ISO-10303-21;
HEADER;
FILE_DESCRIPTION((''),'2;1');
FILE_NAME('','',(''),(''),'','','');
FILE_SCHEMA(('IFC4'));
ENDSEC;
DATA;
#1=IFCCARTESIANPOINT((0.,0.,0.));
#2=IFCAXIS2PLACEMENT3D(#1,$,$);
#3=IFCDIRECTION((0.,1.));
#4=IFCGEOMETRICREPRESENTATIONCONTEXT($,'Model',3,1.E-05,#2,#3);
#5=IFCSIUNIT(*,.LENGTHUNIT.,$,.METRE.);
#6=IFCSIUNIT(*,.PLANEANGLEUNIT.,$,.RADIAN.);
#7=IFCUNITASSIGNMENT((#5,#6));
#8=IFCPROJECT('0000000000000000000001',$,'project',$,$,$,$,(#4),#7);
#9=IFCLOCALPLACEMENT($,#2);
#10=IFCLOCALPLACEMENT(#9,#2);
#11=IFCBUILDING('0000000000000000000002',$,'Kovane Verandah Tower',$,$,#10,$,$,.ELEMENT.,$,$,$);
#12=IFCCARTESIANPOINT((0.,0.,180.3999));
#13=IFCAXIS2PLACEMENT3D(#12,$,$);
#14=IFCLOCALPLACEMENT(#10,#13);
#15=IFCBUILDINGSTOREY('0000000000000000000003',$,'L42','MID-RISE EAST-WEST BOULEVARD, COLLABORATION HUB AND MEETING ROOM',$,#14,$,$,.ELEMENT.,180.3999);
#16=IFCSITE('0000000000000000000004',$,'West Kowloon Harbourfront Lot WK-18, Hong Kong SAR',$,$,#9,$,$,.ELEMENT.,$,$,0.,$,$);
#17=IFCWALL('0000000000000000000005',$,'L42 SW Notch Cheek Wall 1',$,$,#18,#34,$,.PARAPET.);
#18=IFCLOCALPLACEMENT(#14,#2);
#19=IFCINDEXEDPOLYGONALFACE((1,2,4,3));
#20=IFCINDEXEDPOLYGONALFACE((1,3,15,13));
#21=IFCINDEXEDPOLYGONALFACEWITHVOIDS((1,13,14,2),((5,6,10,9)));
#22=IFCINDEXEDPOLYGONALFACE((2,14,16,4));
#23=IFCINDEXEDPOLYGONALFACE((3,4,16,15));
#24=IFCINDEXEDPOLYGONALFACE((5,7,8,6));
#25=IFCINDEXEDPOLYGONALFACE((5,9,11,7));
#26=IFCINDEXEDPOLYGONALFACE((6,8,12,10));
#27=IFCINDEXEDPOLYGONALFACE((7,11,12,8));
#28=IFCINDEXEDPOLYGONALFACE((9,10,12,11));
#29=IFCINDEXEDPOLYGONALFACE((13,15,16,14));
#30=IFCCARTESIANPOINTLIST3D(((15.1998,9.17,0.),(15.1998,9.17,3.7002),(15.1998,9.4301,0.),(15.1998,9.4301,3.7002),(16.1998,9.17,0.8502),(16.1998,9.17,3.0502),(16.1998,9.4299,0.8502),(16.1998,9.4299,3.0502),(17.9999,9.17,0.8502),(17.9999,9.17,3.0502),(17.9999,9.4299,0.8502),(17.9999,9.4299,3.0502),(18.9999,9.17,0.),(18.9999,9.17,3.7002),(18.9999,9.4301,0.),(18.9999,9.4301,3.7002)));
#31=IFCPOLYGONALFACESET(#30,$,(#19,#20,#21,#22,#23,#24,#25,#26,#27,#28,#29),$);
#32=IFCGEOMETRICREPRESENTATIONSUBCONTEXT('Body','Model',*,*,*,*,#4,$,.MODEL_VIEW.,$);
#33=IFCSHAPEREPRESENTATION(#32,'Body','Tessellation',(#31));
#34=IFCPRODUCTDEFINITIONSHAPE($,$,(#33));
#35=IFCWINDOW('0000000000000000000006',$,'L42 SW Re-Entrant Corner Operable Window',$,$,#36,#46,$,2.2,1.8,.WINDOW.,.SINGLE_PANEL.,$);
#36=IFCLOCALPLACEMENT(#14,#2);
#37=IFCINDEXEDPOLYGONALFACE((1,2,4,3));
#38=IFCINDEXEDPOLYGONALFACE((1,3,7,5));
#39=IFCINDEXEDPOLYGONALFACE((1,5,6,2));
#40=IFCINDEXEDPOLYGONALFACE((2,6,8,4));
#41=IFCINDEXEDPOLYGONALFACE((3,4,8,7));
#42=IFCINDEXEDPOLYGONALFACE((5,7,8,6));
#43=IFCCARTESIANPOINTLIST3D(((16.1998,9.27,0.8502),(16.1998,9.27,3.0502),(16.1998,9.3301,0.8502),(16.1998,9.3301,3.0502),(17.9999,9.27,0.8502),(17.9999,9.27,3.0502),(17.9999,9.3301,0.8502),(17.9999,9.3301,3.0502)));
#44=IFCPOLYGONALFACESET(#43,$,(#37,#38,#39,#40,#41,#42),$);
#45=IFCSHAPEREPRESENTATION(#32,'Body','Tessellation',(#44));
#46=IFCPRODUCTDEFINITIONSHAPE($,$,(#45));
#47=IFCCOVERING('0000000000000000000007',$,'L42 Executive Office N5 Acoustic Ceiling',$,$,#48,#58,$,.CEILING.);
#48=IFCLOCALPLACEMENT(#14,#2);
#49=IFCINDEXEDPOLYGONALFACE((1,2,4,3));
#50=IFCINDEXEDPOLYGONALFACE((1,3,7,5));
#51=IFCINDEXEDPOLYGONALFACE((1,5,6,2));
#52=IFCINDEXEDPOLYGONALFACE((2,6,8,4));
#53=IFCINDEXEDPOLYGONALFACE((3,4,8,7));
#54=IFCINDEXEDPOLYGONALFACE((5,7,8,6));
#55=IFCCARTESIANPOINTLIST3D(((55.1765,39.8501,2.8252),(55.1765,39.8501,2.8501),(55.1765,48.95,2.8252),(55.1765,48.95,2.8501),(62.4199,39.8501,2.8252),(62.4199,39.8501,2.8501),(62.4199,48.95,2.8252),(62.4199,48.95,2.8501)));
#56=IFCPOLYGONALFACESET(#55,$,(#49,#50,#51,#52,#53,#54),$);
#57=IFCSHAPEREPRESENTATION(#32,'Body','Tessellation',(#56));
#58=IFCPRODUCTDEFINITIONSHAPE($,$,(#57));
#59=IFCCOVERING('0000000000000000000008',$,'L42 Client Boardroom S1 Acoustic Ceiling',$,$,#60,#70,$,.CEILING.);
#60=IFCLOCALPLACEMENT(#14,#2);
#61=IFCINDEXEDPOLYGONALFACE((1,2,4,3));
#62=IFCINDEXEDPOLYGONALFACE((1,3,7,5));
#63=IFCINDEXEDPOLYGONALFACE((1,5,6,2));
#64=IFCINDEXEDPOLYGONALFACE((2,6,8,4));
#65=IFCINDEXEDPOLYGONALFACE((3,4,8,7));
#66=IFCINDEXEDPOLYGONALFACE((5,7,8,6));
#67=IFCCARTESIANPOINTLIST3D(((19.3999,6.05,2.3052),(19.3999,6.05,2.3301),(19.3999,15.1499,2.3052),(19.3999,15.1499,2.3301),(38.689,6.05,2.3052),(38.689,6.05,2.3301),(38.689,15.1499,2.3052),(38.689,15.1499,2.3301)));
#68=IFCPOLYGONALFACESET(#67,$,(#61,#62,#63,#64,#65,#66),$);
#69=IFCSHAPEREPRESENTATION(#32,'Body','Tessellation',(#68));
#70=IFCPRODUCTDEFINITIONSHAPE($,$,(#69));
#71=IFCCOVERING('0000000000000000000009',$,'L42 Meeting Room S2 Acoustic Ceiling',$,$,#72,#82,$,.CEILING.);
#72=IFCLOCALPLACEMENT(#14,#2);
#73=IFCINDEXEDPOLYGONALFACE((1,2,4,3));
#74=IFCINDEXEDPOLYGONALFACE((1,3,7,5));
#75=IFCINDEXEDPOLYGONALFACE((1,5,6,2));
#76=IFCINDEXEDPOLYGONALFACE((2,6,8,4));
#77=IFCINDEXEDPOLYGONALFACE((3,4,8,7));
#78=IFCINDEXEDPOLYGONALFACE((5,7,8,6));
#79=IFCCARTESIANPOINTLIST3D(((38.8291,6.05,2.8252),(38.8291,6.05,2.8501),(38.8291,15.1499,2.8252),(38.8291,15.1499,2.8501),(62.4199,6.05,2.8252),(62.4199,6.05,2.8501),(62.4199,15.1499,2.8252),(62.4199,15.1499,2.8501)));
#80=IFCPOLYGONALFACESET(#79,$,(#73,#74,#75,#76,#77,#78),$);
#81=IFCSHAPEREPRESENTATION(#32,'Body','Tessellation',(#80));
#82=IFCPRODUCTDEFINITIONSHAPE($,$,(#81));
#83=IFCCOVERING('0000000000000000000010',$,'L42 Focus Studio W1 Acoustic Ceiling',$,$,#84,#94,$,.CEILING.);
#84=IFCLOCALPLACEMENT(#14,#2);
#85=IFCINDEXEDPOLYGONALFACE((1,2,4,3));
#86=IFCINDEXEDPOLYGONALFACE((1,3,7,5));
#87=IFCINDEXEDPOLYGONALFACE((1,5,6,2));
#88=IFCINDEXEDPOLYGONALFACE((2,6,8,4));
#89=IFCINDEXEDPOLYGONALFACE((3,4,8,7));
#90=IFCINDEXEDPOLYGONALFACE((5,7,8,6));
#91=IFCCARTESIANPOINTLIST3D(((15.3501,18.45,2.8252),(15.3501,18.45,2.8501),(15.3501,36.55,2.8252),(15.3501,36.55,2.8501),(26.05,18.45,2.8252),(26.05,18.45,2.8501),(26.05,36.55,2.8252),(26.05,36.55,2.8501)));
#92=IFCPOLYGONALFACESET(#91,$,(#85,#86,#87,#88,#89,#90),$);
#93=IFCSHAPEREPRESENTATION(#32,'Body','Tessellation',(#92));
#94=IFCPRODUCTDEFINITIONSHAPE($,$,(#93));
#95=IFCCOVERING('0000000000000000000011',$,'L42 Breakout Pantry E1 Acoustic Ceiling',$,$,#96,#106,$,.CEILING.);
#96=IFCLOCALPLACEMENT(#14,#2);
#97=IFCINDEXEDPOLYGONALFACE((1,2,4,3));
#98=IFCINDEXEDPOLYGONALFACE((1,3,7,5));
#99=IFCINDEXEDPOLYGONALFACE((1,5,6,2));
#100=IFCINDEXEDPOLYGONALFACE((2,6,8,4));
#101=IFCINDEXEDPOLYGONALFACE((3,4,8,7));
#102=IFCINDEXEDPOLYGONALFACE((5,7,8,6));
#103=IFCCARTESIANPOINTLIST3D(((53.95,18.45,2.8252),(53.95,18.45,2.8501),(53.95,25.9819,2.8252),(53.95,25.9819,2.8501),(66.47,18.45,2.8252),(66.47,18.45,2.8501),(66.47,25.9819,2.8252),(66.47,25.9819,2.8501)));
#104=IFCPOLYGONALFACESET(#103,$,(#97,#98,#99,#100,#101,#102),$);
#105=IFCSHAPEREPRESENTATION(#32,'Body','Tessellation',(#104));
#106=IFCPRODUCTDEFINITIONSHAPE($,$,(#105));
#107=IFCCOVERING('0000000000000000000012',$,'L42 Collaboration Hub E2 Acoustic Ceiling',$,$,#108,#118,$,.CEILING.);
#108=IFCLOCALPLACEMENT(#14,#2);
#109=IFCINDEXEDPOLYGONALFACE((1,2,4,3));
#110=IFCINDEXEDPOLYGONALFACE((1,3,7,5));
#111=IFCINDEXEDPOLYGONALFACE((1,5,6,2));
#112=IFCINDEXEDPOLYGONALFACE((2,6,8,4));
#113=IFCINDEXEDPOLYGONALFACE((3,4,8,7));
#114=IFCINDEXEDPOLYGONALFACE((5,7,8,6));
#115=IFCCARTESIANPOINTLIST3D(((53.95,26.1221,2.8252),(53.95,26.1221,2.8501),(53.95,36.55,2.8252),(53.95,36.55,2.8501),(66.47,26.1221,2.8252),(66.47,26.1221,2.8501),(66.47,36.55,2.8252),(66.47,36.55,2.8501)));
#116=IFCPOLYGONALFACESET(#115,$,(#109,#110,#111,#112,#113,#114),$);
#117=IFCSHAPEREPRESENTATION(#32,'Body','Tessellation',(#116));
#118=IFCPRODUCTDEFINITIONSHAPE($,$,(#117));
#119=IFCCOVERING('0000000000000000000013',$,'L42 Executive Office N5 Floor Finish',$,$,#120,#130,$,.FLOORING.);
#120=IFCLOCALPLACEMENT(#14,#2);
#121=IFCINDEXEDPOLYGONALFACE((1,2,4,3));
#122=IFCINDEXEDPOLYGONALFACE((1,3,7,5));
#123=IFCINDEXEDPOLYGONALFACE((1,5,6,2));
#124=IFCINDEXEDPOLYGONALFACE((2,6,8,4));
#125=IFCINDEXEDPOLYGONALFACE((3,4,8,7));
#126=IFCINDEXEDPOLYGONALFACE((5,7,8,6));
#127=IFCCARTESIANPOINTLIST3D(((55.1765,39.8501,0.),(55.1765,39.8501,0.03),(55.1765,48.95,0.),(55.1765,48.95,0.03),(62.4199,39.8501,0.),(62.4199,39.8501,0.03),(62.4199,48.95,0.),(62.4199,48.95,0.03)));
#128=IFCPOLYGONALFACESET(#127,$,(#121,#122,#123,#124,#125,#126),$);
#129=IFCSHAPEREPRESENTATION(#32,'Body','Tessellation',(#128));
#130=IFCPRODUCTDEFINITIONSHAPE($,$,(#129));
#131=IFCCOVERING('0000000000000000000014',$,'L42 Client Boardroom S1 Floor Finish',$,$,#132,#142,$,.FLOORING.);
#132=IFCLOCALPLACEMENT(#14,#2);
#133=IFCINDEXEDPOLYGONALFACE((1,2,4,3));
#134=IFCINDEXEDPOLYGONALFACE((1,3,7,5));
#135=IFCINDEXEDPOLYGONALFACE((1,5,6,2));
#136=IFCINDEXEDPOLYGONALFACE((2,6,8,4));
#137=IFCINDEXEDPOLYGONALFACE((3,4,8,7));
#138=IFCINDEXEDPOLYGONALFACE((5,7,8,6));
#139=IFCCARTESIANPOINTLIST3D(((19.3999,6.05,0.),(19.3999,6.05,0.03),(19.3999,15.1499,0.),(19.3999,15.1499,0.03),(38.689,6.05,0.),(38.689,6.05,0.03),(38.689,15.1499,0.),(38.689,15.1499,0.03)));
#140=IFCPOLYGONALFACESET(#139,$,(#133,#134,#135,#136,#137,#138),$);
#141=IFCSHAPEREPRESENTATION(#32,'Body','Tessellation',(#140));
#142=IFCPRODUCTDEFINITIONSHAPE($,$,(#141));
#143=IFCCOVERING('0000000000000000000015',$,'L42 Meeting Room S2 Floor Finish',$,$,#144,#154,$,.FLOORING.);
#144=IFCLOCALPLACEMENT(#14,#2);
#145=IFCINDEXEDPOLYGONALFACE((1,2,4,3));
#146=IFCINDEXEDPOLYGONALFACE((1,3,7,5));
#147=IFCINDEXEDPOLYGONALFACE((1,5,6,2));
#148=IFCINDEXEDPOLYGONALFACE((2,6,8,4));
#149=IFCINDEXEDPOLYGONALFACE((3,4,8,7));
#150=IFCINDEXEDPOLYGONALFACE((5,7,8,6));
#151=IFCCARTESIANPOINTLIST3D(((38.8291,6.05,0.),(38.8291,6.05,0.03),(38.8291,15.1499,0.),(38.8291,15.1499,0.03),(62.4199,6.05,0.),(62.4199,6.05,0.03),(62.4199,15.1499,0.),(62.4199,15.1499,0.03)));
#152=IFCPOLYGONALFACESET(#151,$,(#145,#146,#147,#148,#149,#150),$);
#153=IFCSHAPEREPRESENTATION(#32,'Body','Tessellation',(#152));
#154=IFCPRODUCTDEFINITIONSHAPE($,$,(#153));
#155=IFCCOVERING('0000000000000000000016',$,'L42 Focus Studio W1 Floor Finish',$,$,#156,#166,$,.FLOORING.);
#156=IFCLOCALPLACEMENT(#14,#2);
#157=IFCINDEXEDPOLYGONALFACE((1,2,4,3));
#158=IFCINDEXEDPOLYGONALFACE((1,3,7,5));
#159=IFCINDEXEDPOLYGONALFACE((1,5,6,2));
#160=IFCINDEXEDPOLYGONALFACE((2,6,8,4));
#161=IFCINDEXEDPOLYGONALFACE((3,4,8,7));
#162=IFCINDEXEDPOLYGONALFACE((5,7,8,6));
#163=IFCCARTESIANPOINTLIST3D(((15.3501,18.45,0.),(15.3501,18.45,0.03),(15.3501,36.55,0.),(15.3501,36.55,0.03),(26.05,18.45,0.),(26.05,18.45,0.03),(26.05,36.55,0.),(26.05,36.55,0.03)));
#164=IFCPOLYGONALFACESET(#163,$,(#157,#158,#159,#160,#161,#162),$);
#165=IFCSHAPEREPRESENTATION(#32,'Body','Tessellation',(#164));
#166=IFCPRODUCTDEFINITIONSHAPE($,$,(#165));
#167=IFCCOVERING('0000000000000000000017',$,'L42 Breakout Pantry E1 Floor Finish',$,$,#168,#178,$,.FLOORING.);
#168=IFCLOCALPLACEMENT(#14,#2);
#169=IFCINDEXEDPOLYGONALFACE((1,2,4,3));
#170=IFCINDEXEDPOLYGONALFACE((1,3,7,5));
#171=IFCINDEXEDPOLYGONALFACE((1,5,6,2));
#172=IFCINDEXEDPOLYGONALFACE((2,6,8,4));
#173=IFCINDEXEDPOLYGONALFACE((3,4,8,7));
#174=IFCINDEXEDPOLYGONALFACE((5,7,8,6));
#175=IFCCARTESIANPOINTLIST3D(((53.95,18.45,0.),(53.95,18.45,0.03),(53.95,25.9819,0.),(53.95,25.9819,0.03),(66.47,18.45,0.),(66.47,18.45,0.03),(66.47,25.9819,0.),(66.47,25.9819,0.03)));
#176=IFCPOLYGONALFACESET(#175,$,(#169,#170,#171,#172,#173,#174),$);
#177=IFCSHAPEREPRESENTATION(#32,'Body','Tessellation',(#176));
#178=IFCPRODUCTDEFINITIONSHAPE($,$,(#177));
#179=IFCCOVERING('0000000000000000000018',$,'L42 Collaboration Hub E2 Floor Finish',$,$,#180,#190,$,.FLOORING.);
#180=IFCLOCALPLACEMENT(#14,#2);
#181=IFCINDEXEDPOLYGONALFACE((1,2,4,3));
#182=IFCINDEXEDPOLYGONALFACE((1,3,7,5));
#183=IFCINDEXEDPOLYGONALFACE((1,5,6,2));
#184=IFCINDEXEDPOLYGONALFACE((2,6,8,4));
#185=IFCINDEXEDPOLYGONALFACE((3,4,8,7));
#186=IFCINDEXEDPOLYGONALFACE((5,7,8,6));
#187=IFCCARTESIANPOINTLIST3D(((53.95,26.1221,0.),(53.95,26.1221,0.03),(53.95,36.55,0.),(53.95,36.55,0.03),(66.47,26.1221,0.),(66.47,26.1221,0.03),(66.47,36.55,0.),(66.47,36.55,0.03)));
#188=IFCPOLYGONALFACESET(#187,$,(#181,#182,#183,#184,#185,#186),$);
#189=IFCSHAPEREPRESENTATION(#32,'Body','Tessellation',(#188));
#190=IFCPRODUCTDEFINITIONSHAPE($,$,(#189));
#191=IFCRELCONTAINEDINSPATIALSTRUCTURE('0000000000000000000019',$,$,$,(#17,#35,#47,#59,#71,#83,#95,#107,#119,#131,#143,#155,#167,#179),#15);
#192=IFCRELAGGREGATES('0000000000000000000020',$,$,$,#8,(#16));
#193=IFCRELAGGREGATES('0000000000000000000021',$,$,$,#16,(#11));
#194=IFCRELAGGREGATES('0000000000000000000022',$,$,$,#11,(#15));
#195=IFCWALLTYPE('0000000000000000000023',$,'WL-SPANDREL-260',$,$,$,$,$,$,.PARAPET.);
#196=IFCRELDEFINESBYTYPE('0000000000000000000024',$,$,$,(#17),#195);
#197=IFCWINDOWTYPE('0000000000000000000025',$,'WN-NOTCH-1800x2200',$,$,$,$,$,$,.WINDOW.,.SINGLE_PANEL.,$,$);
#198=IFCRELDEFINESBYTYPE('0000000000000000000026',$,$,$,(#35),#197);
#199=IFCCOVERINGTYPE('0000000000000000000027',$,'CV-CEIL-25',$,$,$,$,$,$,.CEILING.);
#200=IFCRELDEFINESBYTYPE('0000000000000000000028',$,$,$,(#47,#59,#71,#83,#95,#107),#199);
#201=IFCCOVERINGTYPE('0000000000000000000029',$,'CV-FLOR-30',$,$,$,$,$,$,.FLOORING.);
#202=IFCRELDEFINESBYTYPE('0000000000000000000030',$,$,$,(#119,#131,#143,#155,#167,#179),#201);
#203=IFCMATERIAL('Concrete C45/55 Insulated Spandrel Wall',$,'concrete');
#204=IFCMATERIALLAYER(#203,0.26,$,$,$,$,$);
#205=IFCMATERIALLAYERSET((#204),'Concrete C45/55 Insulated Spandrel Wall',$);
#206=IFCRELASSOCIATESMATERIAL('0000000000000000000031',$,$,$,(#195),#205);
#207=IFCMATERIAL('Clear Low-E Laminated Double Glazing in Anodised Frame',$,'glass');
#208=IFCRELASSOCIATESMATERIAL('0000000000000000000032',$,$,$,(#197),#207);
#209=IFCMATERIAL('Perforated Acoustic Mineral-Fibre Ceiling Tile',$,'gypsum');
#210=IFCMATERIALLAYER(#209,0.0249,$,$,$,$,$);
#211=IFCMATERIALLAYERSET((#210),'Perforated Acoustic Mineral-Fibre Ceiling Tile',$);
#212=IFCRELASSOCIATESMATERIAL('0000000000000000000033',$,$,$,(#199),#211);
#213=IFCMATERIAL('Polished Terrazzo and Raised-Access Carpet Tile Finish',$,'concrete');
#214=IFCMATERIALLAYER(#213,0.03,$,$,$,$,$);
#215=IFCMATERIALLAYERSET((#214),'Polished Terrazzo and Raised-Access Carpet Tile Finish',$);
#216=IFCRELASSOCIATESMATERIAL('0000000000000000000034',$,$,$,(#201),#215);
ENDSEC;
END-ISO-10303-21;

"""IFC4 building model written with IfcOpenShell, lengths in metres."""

from ifc_helpers import new_model, si_unit, direction, frame, frame_2d, origin, place, context, subcontext, project, spatial, polyline, rectangle, outline, extrude, material, layer, layer_set, type_object, element, fill, save


model = new_model("IFC4")

# Units and contexts
model_context = context("Model", 3, precision=1e-05, world=origin(), true_north=direction((0.0, 1.0)))
body_context = subcontext(model_context, "Body", "Model", "MODEL_VIEW")
ifc_project = project(units=[si_unit("LENGTHUNIT", "METRE"), si_unit("PLANEANGLEUNIT", "RADIAN")], contexts=[model_context])

# Site, building, storey
site_placement = place(None, origin())
site = spatial("IfcSite", under=ifc_project, at=site_placement, Name="West Kowloon Harbourfront Lot WK-18, Hong Kong SAR", CompositionType="ELEMENT", RefElevation=0.0)
building_placement = place(site_placement, origin())
building = spatial("IfcBuilding", under=site, at=building_placement, Name="Kovane Verandah Tower", CompositionType="ELEMENT")
storey_placement = place(building_placement, frame((0.0, 0.0, 180.3999)))
storey = spatial("IfcBuildingStorey", under=building, at=storey_placement, Name="L42", Description="MID-RISE EAST-WEST BOULEVARD, COLLABORATION HUB AND MEETING ROOM", CompositionType="ELEMENT", Elevation=180.3999)

# Wall, opening, window
ifc_material_1 = material(Name="Concrete C45/55 Insulated Spandrel Wall", Category="concrete")
ifc_layer_1 = layer(ifc_material_1, 0.26)
ifc_layer_set_1 = layer_set([ifc_layer_1], Name="Concrete C45/55 Insulated Spandrel Wall")
wall_type = type_object("IfcWallType", Name="WL-SPANDREL-260", PredefinedType="PARAPET", material=ifc_layer_set_1)
wall_placement = place(storey_placement, frame((15.2, 9.3, 0.0), z_axis=(0.0, 0.0, 1.0), x_axis=(1.0, 0.0, 0.0)))
wall = element("IfcWall", 1, at=wall_placement, inside=storey, type_object=wall_type, Name="L42 SW Notch Cheek Wall 1", PredefinedType="PARAPET", context=body_context, shape_type="SweptSolid", body=[
    extrude(rectangle(XDim=3.8, YDim=0.26, at=frame_2d((1.8999, 0.0))), origin(), (0.0, 0.0, 1.0), 3.7002),
])
opening_placement = place(wall_placement, frame((1.0, 0.0, 0.8501)))
opening = element("IfcOpeningElement", 2, at=opening_placement, cuts=wall, PredefinedType="OPENING", context=body_context, shape_type="SweptSolid", body=[
    extrude(rectangle(XDim=1.8, YDim=2.2, at=frame_2d((0.8999, 1.1001))), frame((0.0, 0.1299, 0.0), z_axis=(0.0, -1.0, 0.0), x_axis=(1.0, 0.0, 0.0)), (0.0, 0.0, 1.0), 0.26),
])
ifc_material_2 = material(Name="Clear Low-E Laminated Double Glazing in Anodised Frame", Category="glass")
window_type = type_object("IfcWindowType", Name="WN-NOTCH-1800x2200", PartitioningType="SINGLE_PANEL", PredefinedType="WINDOW", material=ifc_material_2)
window_placement = place(opening_placement, origin())
window = element("IfcWindow", 3, at=window_placement, inside=storey, type_object=window_type, Name="L42 SW Re-Entrant Corner Operable Window", OverallHeight=2.2, OverallWidth=1.8, PartitioningType="SINGLE_PANEL", PredefinedType="WINDOW", context=body_context, shape_type="SweptSolid", body=[
    extrude(rectangle(XDim=1.8, YDim=2.2, at=frame_2d((0.8999, 1.1001))), frame((0.0, 0.03, 0.0), z_axis=(0.0, -1.0, 0.0), x_axis=(1.0, 0.0, 0.0)), (0.0, 0.0, 1.0), 0.0601),
])
fill(opening, window)

# Coverings
ifc_material_3 = material(Name="Perforated Acoustic Mineral-Fibre Ceiling Tile", Category="gypsum")
ifc_layer_2 = layer(ifc_material_3, 0.0249)
ifc_layer_set_2 = layer_set([ifc_layer_2], Name="Perforated Acoustic Mineral-Fibre Ceiling Tile")
covering_type_1 = type_object("IfcCoveringType", Name="CV-CEIL-25", PredefinedType="CEILING", material=ifc_layer_set_2)
covering_1_placement = place(storey_placement, frame((0.0, 0.0, 2.8252)))
element("IfcCovering", 4, at=covering_1_placement, inside=storey, type_object=covering_type_1, Name="L42 Executive Office N5 Acoustic Ceiling", PredefinedType="CEILING", context=body_context, shape_type="SweptSolid", body=[
    extrude(outline(polyline([(55.1765, 39.8501), (62.4199, 39.8501), (62.4199, 48.95), (55.1765, 48.95), (55.1765, 39.8501)])), origin(), (0.0, 0.0, 1.0), 0.0249),
])
covering_2_placement = place(storey_placement, frame((0.0, 0.0, 2.3052)))
element("IfcCovering", 5, at=covering_2_placement, inside=storey, type_object=covering_type_1, Name="L42 Client Boardroom S1 Acoustic Ceiling", PredefinedType="CEILING", context=body_context, shape_type="SweptSolid", body=[
    extrude(outline(polyline([(19.3999, 6.05), (38.689, 6.05), (38.689, 15.1499), (19.3999, 15.1499), (19.3999, 6.05)])), origin(), (0.0, 0.0, 1.0), 0.0249),
])
covering_3_placement = place(storey_placement, frame((0.0, 0.0, 2.8252)))
element("IfcCovering", 6, at=covering_3_placement, inside=storey, type_object=covering_type_1, Name="L42 Meeting Room S2 Acoustic Ceiling", PredefinedType="CEILING", context=body_context, shape_type="SweptSolid", body=[
    extrude(outline(polyline([(38.8291, 6.05), (62.4199, 6.05), (62.4199, 15.1499), (38.8291, 15.1499), (38.8291, 6.05)])), origin(), (0.0, 0.0, 1.0), 0.0249),
])
covering_4_placement = place(storey_placement, frame((0.0, 0.0, 2.8252)))
element("IfcCovering", 7, at=covering_4_placement, inside=storey, type_object=covering_type_1, Name="L42 Focus Studio W1 Acoustic Ceiling", PredefinedType="CEILING", context=body_context, shape_type="SweptSolid", body=[
    extrude(outline(polyline([(15.3501, 18.45), (26.05, 18.45), (26.05, 36.55), (15.3501, 36.55), (15.3501, 18.45)])), origin(), (0.0, 0.0, 1.0), 0.0249),
])
covering_5_placement = place(storey_placement, frame((0.0, 0.0, 2.8252)))
element("IfcCovering", 8, at=covering_5_placement, inside=storey, type_object=covering_type_1, Name="L42 Breakout Pantry E1 Acoustic Ceiling", PredefinedType="CEILING", context=body_context, shape_type="SweptSolid", body=[
    extrude(outline(polyline([(53.95, 18.45), (66.47, 18.45), (66.47, 25.9819), (53.95, 25.9819), (53.95, 18.45)])), origin(), (0.0, 0.0, 1.0), 0.0249),
])
covering_6_placement = place(storey_placement, frame((0.0, 0.0, 2.8252)))
element("IfcCovering", 9, at=covering_6_placement, inside=storey, type_object=covering_type_1, Name="L42 Collaboration Hub E2 Acoustic Ceiling", PredefinedType="CEILING", context=body_context, shape_type="SweptSolid", body=[
    extrude(outline(polyline([(53.95, 26.1221), (66.47, 26.1221), (66.47, 36.55), (53.95, 36.55), (53.95, 26.1221)])), origin(), (0.0, 0.0, 1.0), 0.0249),
])
ifc_material_4 = material(Name="Polished Terrazzo and Raised-Access Carpet Tile Finish", Category="concrete")
ifc_layer_3 = layer(ifc_material_4, 0.03)
ifc_layer_set_3 = layer_set([ifc_layer_3], Name="Polished Terrazzo and Raised-Access Carpet Tile Finish")
covering_type_2 = type_object("IfcCoveringType", Name="CV-FLOR-30", PredefinedType="FLOORING", material=ifc_layer_set_3)
covering_7_placement = place(storey_placement, origin())
element("IfcCovering", 10, at=covering_7_placement, inside=storey, type_object=covering_type_2, Name="L42 Executive Office N5 Floor Finish", PredefinedType="FLOORING", context=body_context, shape_type="SweptSolid", body=[
    extrude(outline(polyline([(55.1765, 39.8501), (62.4199, 39.8501), (62.4199, 48.95), (55.1765, 48.95), (55.1765, 39.8501)])), origin(), (0.0, 0.0, 1.0), 0.03),
])
covering_8_placement = place(storey_placement, origin())
element("IfcCovering", 11, at=covering_8_placement, inside=storey, type_object=covering_type_2, Name="L42 Client Boardroom S1 Floor Finish", PredefinedType="FLOORING", context=body_context, shape_type="SweptSolid", body=[
    extrude(outline(polyline([(19.3999, 6.05), (38.689, 6.05), (38.689, 15.1499), (19.3999, 15.1499), (19.3999, 6.05)])), origin(), (0.0, 0.0, 1.0), 0.03),
])
covering_9_placement = place(storey_placement, origin())
element("IfcCovering", 12, at=covering_9_placement, inside=storey, type_object=covering_type_2, Name="L42 Meeting Room S2 Floor Finish", PredefinedType="FLOORING", context=body_context, shape_type="SweptSolid", body=[
    extrude(outline(polyline([(38.8291, 6.05), (62.4199, 6.05), (62.4199, 15.1499), (38.8291, 15.1499), (38.8291, 6.05)])), origin(), (0.0, 0.0, 1.0), 0.03),
])
covering_10_placement = place(storey_placement, origin())
element("IfcCovering", 13, at=covering_10_placement, inside=storey, type_object=covering_type_2, Name="L42 Focus Studio W1 Floor Finish", PredefinedType="FLOORING", context=body_context, shape_type="SweptSolid", body=[
    extrude(outline(polyline([(15.3501, 18.45), (26.05, 18.45), (26.05, 36.55), (15.3501, 36.55), (15.3501, 18.45)])), origin(), (0.0, 0.0, 1.0), 0.03),
])
covering_11_placement = place(storey_placement, origin())
element("IfcCovering", 14, at=covering_11_placement, inside=storey, type_object=covering_type_2, Name="L42 Breakout Pantry E1 Floor Finish", PredefinedType="FLOORING", context=body_context, shape_type="SweptSolid", body=[
    extrude(outline(polyline([(53.95, 18.45), (66.47, 18.45), (66.47, 25.9819), (53.95, 25.9819), (53.95, 18.45)])), origin(), (0.0, 0.0, 1.0), 0.03),
])
covering_12_placement = place(storey_placement, origin())
element("IfcCovering", 15, at=covering_12_placement, inside=storey, type_object=covering_type_2, Name="L42 Collaboration Hub E2 Floor Finish", PredefinedType="FLOORING", context=body_context, shape_type="SweptSolid", body=[
    extrude(outline(polyline([(53.95, 26.1221), (66.47, 26.1221), (66.47, 36.55), (53.95, 36.55), (53.95, 26.1221)])), origin(), (0.0, 0.0, 1.0), 0.03),
])

save(model, "model.ifc")
